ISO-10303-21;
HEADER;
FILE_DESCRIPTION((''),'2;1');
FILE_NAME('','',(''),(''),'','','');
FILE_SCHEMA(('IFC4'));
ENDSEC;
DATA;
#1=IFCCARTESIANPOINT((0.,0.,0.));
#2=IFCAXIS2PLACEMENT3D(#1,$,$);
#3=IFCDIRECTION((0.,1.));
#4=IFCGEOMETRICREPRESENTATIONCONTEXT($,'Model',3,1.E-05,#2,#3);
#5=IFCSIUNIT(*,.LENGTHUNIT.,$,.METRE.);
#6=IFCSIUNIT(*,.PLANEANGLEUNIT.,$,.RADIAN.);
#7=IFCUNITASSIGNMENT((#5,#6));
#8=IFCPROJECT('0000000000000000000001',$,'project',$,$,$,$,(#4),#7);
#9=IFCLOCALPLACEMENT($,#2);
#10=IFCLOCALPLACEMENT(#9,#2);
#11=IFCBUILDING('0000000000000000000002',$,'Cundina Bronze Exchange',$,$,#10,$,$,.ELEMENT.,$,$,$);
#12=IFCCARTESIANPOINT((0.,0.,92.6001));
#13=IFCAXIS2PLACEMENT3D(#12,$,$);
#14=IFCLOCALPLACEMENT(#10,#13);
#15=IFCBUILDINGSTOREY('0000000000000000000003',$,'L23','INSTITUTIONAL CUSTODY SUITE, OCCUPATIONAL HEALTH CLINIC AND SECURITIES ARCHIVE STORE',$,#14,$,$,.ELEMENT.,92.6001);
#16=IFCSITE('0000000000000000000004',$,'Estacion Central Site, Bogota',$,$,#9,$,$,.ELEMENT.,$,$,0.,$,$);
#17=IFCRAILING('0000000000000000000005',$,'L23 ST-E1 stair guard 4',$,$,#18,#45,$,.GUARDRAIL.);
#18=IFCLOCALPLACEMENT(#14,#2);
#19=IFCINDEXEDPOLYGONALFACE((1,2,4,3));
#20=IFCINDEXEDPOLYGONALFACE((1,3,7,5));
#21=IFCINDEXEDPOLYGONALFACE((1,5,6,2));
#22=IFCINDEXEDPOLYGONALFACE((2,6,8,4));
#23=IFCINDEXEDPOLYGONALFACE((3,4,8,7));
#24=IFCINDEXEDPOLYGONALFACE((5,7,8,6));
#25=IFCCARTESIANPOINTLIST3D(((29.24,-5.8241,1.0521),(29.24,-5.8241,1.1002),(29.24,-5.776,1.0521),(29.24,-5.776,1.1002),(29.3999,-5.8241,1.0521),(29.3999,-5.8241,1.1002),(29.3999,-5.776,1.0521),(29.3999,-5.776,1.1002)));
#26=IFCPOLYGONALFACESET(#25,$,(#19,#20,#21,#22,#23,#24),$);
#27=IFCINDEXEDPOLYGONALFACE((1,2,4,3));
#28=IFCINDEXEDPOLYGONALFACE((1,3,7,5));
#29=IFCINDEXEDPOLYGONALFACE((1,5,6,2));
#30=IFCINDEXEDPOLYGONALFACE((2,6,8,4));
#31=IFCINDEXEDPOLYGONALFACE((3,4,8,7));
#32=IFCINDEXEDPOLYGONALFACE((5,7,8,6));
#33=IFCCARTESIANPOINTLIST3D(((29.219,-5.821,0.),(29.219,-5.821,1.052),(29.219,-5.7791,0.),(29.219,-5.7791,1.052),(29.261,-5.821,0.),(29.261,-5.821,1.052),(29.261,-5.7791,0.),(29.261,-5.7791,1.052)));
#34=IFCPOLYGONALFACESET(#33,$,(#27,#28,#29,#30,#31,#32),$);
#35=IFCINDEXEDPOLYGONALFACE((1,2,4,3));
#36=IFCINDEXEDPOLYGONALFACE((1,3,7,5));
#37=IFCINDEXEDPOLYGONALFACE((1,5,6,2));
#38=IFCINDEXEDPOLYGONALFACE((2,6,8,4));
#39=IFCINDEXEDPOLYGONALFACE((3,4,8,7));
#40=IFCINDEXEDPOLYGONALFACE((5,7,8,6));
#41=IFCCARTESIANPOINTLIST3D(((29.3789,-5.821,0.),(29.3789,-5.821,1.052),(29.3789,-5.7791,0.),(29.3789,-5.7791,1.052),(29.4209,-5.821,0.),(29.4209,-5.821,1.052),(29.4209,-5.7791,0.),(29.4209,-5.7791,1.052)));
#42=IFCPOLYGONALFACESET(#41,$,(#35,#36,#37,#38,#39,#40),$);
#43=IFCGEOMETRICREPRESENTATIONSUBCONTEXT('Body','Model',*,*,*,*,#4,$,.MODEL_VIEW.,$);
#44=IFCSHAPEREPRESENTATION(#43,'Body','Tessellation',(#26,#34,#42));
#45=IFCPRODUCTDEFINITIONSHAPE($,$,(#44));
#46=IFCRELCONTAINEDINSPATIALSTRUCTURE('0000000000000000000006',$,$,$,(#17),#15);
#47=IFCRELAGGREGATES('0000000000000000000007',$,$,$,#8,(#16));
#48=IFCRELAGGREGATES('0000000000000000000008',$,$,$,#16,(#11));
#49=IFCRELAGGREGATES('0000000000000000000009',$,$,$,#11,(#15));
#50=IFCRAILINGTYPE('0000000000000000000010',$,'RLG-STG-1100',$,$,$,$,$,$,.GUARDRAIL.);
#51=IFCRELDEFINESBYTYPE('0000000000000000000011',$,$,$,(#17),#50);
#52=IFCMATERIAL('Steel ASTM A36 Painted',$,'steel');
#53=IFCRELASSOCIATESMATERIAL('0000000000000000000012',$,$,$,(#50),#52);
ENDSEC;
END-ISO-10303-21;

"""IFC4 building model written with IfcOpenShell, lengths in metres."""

from ifc_helpers import new_model, si_unit, direction, frame, origin, origin_2d, place, context, subcontext, project, spatial, rectangle, extrude, material, type_object, element, save


model = new_model("IFC4")

# Units and contexts
model_context = context("Model", 3, precision=1e-05, world=origin(), true_north=direction((0.0, 1.0)))
body_context = subcontext(model_context, "Body", "Model", "MODEL_VIEW")
ifc_project = project(units=[si_unit("LENGTHUNIT", "METRE"), si_unit("PLANEANGLEUNIT", "RADIAN")], contexts=[model_context])

# Site, building, storey
site_placement = place(None, origin())
site = spatial("IfcSite", under=ifc_project, at=site_placement, Name="Estacion Central Site, Bogota", CompositionType="ELEMENT", RefElevation=0.0)
building_placement = place(site_placement, origin())
building = spatial("IfcBuilding", under=site, at=building_placement, Name="Cundina Bronze Exchange", CompositionType="ELEMENT")
storey_placement = place(building_placement, frame((0.0, 0.0, 92.6001)))
storey = spatial("IfcBuildingStorey", under=building, at=storey_placement, Name="L23", Description="INSTITUTIONAL CUSTODY SUITE, OCCUPATIONAL HEALTH CLINIC AND SECURITIES ARCHIVE STORE", CompositionType="ELEMENT", Elevation=92.6001)

# Railing
ifc_material_1 = material(Name="Steel ASTM A36 Painted", Category="steel")
railing_type_1 = type_object("IfcRailingType", Name="RLG-STG-1100", PredefinedType="GUARDRAIL", material=ifc_material_1)
railing_1_placement = place(storey_placement, frame((29.24, -5.8, 0.0)))
element("IfcRailing", 1, at=railing_1_placement, inside=storey, type_object=railing_type_1, Name="L23 ST-E1 stair guard 4", PredefinedType="GUARDRAIL", context=body_context, shape_type="SweptSolid", body=[
    extrude(rectangle(XDim=0.0481, YDim=0.0481, at=origin_2d()), frame((0.0, 0.0, 1.0762), z_axis=(1.0, 0.0, 0.0), x_axis=(0.0, 1.0, 0.0)), (0.0, 0.0, 1.0), 0.1599),
    extrude(rectangle(XDim=0.042, YDim=0.042, at=origin_2d()), origin(), (0.0, 0.0, 1.0), 1.052),
    extrude(rectangle(XDim=0.042, YDim=0.042, at=origin_2d()), frame((0.1599, 0.0, 0.0)), (0.0, 0.0, 1.0), 1.052),
])

save(model, "model.ifc")
